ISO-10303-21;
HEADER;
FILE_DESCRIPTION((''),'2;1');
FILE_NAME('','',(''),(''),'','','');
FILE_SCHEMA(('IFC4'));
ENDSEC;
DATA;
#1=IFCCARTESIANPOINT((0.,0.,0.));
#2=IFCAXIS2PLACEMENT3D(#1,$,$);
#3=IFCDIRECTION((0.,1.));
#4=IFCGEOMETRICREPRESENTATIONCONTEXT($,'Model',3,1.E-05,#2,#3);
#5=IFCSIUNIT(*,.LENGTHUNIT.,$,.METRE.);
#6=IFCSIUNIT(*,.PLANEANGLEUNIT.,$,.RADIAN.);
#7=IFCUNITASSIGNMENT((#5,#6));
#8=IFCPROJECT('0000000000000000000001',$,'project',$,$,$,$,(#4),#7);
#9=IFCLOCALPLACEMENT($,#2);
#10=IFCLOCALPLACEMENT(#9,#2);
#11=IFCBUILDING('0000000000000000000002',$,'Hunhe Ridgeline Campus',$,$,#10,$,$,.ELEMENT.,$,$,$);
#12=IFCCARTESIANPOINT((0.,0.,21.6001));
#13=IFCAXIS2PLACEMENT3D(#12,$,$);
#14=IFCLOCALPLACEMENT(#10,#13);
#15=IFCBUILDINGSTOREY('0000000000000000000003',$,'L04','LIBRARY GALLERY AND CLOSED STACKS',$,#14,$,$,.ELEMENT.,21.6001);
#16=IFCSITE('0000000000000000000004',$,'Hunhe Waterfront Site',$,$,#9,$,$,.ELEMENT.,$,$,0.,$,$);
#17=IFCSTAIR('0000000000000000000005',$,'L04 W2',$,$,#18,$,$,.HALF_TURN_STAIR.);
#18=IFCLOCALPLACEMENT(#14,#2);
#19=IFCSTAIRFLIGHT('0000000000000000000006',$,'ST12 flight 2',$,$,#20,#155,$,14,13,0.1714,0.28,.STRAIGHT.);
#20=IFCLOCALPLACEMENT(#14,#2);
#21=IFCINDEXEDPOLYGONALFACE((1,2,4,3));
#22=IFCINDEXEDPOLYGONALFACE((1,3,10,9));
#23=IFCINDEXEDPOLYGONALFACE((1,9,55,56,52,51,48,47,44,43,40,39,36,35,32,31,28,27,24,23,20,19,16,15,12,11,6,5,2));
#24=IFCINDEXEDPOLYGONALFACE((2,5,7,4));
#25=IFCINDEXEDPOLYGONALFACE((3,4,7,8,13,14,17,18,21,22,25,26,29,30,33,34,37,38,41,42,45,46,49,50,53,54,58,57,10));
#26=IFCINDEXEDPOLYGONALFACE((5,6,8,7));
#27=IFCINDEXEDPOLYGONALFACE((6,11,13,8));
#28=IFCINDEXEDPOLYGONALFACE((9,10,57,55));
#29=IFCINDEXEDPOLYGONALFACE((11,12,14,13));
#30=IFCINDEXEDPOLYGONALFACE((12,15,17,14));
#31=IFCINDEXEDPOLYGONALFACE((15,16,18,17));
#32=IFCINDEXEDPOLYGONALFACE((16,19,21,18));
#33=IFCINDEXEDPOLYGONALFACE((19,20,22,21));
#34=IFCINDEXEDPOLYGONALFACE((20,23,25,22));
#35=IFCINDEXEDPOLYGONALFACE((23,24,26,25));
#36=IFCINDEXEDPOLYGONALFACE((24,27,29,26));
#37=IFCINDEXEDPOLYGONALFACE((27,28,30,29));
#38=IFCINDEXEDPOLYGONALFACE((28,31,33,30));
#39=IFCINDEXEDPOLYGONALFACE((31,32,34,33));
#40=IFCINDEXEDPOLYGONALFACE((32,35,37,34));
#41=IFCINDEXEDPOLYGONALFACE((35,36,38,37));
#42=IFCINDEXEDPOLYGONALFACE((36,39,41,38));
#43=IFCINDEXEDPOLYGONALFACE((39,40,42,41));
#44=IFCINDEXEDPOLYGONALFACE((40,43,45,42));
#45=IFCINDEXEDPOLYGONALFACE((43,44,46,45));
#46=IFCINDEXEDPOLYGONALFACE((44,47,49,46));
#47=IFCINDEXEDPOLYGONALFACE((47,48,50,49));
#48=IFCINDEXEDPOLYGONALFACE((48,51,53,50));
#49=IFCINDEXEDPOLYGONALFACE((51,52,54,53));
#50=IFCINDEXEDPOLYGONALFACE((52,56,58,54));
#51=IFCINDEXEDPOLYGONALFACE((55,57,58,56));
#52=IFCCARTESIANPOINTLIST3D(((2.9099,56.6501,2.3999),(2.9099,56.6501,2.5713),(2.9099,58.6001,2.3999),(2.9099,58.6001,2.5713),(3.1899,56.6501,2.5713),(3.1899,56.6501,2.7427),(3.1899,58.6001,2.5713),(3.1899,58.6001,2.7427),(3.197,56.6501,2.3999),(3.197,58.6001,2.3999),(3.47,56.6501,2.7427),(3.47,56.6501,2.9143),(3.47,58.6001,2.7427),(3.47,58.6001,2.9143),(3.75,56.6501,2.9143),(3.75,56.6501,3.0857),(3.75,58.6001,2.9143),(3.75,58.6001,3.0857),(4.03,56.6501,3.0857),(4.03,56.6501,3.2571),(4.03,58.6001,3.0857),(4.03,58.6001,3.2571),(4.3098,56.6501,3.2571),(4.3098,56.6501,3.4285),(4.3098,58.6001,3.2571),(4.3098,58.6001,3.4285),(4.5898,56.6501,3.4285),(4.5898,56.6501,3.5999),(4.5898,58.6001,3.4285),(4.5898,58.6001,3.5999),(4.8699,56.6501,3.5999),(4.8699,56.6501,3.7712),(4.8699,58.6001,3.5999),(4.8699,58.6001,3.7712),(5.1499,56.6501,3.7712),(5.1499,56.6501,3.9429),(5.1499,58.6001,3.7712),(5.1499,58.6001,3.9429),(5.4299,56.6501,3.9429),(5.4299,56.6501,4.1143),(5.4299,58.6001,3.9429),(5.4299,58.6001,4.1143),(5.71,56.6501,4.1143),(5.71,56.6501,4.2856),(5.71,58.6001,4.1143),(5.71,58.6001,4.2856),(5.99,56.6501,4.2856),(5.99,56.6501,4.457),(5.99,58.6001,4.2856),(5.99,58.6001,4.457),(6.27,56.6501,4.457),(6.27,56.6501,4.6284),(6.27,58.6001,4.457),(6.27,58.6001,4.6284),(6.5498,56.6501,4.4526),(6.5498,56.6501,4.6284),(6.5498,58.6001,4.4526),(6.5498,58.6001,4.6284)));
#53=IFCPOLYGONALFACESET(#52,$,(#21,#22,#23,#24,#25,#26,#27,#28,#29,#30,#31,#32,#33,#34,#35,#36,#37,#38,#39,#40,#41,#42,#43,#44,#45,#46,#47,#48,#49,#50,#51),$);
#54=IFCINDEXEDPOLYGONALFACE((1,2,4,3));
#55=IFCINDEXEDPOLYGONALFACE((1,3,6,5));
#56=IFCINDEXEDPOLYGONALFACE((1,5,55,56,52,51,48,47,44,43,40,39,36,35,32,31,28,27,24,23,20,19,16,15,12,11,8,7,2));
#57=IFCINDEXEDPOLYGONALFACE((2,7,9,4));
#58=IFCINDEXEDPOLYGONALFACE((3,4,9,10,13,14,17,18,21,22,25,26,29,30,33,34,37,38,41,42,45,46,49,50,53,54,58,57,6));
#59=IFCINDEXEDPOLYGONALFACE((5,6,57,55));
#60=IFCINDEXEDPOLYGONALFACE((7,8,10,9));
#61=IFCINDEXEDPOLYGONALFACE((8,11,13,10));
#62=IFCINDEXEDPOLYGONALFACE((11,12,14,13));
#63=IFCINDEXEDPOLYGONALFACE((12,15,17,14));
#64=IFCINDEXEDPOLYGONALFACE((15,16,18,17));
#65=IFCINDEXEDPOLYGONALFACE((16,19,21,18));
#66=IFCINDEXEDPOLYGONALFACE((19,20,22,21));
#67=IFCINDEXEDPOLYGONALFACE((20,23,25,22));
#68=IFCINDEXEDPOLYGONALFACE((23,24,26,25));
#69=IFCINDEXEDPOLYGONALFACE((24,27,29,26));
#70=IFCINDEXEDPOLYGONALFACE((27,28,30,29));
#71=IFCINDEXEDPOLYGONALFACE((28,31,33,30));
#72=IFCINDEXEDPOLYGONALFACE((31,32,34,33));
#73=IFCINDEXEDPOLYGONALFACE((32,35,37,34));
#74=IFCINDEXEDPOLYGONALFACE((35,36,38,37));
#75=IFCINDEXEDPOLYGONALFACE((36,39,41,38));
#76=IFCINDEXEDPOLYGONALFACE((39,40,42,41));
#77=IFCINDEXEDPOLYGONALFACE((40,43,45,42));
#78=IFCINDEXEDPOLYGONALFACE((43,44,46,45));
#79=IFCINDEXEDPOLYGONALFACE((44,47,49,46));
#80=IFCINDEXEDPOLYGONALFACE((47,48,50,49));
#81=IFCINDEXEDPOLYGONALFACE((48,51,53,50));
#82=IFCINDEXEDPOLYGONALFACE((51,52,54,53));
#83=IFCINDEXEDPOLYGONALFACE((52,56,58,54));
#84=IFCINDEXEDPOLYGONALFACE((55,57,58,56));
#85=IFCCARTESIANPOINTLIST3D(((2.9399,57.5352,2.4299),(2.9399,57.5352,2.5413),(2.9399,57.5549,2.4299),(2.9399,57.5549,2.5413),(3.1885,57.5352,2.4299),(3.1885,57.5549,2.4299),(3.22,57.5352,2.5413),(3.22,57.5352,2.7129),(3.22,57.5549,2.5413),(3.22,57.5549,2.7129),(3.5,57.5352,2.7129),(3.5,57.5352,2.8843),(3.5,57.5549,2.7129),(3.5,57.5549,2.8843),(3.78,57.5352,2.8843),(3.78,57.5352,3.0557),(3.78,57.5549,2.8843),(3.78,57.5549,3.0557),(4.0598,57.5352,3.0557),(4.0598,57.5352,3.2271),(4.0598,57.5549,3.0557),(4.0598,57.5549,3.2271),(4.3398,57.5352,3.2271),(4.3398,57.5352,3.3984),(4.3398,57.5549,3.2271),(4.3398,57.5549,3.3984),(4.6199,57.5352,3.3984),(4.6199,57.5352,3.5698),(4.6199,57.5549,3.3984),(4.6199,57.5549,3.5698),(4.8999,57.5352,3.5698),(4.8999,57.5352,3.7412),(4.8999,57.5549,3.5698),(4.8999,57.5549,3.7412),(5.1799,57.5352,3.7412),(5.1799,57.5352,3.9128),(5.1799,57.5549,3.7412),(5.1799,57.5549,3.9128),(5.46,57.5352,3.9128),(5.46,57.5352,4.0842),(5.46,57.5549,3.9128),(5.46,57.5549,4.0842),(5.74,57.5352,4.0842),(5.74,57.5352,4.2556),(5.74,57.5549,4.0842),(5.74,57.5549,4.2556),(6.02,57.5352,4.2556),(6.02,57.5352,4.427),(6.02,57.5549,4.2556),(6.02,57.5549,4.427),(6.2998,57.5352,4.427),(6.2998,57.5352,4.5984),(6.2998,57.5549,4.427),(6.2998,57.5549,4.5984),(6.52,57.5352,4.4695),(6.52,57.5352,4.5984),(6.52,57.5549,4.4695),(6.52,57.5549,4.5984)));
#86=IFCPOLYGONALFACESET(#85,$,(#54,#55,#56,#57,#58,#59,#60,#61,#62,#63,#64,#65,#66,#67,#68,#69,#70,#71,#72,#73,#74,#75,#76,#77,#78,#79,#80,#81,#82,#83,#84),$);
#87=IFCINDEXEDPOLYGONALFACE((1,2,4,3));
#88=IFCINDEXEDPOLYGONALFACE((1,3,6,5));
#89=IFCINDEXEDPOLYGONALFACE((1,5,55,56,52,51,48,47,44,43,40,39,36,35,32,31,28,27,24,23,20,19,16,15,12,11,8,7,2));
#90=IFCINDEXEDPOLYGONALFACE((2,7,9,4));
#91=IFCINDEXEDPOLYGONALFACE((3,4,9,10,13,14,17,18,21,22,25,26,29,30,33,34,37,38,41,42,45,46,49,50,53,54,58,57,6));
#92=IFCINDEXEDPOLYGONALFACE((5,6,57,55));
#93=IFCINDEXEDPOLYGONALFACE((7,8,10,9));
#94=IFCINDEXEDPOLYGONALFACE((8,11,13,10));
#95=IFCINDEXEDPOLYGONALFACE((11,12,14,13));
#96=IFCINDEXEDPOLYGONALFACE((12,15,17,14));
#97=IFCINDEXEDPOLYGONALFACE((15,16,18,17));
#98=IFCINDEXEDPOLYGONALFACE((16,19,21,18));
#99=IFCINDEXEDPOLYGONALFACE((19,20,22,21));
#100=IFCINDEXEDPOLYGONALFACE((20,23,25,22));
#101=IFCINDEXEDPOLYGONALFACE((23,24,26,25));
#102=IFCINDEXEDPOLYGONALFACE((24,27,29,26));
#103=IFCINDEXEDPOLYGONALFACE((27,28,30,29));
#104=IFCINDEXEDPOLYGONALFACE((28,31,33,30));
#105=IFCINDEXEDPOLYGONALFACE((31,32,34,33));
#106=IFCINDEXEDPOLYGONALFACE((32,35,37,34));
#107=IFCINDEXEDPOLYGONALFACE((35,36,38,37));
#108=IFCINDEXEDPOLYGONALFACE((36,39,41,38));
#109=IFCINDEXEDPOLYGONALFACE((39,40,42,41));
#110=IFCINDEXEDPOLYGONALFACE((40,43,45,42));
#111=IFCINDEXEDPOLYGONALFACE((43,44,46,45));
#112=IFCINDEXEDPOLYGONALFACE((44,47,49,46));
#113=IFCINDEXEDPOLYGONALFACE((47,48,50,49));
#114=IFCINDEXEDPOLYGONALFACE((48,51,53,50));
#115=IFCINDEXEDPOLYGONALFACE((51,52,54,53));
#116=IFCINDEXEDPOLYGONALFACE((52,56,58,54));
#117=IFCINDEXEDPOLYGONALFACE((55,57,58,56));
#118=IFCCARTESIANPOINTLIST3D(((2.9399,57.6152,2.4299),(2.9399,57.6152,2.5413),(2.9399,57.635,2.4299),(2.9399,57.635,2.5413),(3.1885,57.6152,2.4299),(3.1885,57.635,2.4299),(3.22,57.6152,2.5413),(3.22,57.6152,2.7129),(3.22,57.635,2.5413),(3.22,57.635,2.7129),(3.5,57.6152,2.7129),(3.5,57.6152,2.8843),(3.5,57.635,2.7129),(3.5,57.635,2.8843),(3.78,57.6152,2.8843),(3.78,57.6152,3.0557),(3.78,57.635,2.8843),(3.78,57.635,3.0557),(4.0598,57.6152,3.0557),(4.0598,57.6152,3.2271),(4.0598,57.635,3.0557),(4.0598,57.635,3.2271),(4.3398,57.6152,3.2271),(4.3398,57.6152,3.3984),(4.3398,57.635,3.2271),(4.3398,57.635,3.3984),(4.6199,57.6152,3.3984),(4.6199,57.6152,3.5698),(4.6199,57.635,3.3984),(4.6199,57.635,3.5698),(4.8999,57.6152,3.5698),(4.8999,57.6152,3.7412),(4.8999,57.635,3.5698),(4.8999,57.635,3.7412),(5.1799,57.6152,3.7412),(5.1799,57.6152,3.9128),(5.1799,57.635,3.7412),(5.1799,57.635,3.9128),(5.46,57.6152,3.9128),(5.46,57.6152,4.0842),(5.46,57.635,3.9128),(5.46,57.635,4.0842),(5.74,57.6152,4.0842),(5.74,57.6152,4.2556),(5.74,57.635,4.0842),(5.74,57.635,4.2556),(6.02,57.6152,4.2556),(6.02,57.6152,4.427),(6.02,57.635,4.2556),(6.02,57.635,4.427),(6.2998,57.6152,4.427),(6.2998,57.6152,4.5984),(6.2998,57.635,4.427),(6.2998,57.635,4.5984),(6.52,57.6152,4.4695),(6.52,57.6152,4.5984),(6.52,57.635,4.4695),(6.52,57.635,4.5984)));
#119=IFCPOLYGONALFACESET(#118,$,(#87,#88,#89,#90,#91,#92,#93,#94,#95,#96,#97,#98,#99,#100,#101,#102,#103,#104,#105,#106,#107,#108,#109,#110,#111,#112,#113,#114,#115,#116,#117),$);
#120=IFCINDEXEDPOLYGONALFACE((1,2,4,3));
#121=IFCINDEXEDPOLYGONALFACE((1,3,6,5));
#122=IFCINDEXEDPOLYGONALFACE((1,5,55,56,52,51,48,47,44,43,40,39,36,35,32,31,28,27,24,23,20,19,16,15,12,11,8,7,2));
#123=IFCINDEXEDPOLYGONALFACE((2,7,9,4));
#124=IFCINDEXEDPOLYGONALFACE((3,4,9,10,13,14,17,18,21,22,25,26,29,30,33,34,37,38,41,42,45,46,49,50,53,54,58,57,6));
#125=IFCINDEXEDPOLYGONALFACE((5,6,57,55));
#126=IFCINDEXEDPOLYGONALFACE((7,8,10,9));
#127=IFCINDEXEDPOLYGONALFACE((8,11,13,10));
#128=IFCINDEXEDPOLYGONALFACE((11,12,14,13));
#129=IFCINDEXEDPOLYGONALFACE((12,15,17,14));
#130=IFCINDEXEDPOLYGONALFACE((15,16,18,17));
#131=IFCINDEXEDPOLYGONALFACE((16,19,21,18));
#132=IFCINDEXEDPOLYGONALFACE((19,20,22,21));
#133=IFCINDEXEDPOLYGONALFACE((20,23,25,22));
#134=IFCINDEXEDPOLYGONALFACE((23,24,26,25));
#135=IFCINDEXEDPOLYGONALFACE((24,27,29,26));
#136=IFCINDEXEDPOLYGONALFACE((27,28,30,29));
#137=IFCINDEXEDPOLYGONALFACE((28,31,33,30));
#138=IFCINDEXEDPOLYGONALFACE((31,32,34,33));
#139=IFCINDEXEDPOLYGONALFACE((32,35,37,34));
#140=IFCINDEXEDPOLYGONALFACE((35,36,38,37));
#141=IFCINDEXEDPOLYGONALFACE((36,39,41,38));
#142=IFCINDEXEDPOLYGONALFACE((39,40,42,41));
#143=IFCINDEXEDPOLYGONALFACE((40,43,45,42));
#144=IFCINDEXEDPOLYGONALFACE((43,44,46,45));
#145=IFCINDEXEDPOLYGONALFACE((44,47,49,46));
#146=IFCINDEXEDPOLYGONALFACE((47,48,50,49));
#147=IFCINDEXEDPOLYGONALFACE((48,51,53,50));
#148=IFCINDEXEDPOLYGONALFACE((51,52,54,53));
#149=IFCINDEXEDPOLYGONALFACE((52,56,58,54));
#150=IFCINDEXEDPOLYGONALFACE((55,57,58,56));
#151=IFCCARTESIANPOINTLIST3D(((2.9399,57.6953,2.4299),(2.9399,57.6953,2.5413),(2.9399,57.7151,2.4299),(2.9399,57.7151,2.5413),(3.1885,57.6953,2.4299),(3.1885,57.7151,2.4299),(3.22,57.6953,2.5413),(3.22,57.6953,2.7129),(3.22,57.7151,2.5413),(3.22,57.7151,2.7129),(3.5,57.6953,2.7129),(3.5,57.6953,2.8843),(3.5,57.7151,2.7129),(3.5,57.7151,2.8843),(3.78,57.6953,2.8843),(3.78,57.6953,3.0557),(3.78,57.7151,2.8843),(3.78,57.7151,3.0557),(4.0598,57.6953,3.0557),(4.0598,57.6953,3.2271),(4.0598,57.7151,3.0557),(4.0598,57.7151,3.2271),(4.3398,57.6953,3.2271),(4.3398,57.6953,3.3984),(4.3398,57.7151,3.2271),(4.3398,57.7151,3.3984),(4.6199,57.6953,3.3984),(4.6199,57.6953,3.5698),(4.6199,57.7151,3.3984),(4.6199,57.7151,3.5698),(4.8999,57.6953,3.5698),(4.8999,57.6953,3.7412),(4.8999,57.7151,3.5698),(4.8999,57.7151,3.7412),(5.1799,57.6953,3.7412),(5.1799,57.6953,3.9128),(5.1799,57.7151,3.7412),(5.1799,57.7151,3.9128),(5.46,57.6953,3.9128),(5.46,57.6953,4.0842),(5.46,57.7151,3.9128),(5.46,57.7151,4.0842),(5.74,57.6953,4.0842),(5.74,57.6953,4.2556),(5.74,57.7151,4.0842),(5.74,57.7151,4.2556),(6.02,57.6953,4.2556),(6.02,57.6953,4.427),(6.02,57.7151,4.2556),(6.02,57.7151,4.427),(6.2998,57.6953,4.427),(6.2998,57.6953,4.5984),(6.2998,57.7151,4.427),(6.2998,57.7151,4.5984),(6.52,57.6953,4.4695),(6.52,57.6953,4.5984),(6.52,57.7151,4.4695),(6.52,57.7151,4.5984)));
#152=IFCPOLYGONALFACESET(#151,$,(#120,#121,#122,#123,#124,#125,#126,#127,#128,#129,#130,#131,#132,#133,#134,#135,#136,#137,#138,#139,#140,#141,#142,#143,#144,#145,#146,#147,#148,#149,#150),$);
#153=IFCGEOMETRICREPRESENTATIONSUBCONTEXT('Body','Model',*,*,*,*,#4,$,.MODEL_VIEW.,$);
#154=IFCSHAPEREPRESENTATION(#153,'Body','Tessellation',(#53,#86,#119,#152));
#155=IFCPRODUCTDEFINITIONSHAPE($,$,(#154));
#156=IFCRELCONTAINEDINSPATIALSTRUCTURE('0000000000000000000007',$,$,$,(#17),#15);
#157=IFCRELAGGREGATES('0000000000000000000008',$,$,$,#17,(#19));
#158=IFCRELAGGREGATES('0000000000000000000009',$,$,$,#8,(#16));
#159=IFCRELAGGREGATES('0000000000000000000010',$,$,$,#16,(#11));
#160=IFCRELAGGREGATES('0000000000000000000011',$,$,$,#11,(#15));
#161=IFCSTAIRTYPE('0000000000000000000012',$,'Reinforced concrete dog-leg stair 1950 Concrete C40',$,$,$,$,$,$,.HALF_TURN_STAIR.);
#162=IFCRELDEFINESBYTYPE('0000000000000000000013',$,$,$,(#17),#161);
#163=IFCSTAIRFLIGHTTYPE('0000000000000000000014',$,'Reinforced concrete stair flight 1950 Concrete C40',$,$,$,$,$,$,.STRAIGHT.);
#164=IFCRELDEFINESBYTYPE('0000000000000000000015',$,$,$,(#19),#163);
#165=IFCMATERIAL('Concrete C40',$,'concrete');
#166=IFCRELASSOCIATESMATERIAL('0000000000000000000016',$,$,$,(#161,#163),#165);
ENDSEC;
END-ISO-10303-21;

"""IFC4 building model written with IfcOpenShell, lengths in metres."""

from ifc_helpers import new_model, si_unit, direction, frame, origin, place, context, subcontext, project, spatial, polyline, outline, extrude, material, type_object, element, aggregate, save


model = new_model("IFC4")

# Units and contexts
model_context = context("Model", 3, precision=1e-05, world=origin(), true_north=direction((0.0, 1.0)))
body_context = subcontext(model_context, "Body", "Model", "MODEL_VIEW")
ifc_project = project(units=[si_unit("LENGTHUNIT", "METRE"), si_unit("PLANEANGLEUNIT", "RADIAN")], contexts=[model_context])

# Site, building, storey
site_placement = place(None, origin())
site = spatial("IfcSite", under=ifc_project, at=site_placement, Name="Hunhe Waterfront Site", CompositionType="ELEMENT", RefElevation=0.0)
building_placement = place(site_placement, origin())
building = spatial("IfcBuilding", under=site, at=building_placement, Name="Hunhe Ridgeline Campus", CompositionType="ELEMENT")
storey_placement = place(building_placement, frame((0.0, 0.0, 21.6001)))
storey = spatial("IfcBuildingStorey", under=building, at=storey_placement, Name="L04", Description="LIBRARY GALLERY AND CLOSED STACKS", CompositionType="ELEMENT", Elevation=21.6001)

# Shared definitions
ifc_material_1 = material(Name="Concrete C40", Category="concrete")
stair_type = type_object("IfcStairType", Name="Reinforced concrete dog-leg stair 1950 Concrete C40", PredefinedType="HALF_TURN_STAIR", material=ifc_material_1)
stair_flight_type = type_object("IfcStairFlightType", Name="Reinforced concrete stair flight 1950 Concrete C40", PredefinedType="STRAIGHT", material=ifc_material_1)

# Stair, stair flight
stair_1_placement = place(storey_placement, origin())
stair_1 = element("IfcStair", 1, at=stair_1_placement, inside=storey, type_object=stair_type, Name="L04 W2", PredefinedType="HALF_TURN_STAIR")
stair_flight_1_placement = place(storey_placement, frame((2.9099, 57.625, 2.3999), z_axis=(0.0, 0.0, 1.0), x_axis=(1.0, 0.0, 0.0)))
stair_flight_1 = element("IfcStairFlight", 2, at=stair_flight_1_placement, type_object=stair_flight_type, Name="ST12 flight 2", NumberOfRisers=14, NumberOfTreads=13, PredefinedType="STRAIGHT", RiserHeight=0.1714, TreadLength=0.28, context=body_context, shape_type="SweptSolid", body=[
    extrude(outline(polyline([(0.0, 0.0), (0.0, 0.1714), (0.28, 0.1714), (0.28, 0.3428), (0.5601, 0.3428), (0.5601, 0.5144), (0.8401, 0.5144), (0.8401, 0.6858), (1.1201, 0.6858), (1.1201, 0.8572), (1.3999, 0.8572), (1.3999, 1.0286), (1.6799, 1.0286), (1.6799, 1.2), (1.96, 1.2), (1.96, 1.3713), (2.24, 1.3713), (2.24, 1.543), (2.52, 1.543), (2.52, 1.7144), (2.8, 1.7144), (2.8, 1.8857), (3.0801, 1.8857), (3.0801, 2.0571), (3.3601, 2.0571), (3.3601, 2.2285), (3.6399, 2.2285), (3.6399, 2.3999), (3.6399, 2.0527), (0.2871, 0.0), (0.0, 0.0)])), frame((0.0, 0.9751, 0.0), z_axis=(0.0, -1.0, 0.0), x_axis=(1.0, 0.0, 0.0)), (0.0, 0.0, 1.0), 1.95),
    extrude(outline(polyline([(0.03, 0.03), (0.03, 0.1414), (0.3101, 0.1414), (0.3101, 0.313), (0.5901, 0.313), (0.5901, 0.4844), (0.8701, 0.4844), (0.8701, 0.6558), (1.1499, 0.6558), (1.1499, 0.8271), (1.4299, 0.8271), (1.4299, 0.9985), (1.71, 0.9985), (1.71, 1.1699), (1.99, 1.1699), (1.99, 1.3413), (2.27, 1.3413), (2.27, 1.5129), (2.55, 1.5129), (2.55, 1.6843), (2.8301, 1.6843), (2.8301, 1.8557), (3.1101, 1.8557), (3.1101, 2.0271), (3.3899, 2.0271), (3.3899, 2.1985), (3.6101, 2.1985), (3.6101, 2.0696), (0.2786, 0.03), (0.03, 0.03)])), frame((0.0, -0.0701, 0.0), z_axis=(0.0, -1.0, 0.0), x_axis=(1.0, 0.0, 0.0)), (0.0, 0.0, 1.0), 0.0198),
    extrude(outline(polyline([(0.03, 0.03), (0.03, 0.1414), (0.3101, 0.1414), (0.3101, 0.313), (0.5901, 0.313), (0.5901, 0.4844), (0.8701, 0.4844), (0.8701, 0.6558), (1.1499, 0.6558), (1.1499, 0.8271), (1.4299, 0.8271), (1.4299, 0.9985), (1.71, 0.9985), (1.71, 1.1699), (1.99, 1.1699), (1.99, 1.3413), (2.27, 1.3413), (2.27, 1.5129), (2.55, 1.5129), (2.55, 1.6843), (2.8301, 1.6843), (2.8301, 1.8557), (3.1101, 1.8557), (3.1101, 2.0271), (3.3899, 2.0271), (3.3899, 2.1985), (3.6101, 2.1985), (3.6101, 2.0696), (0.2786, 0.03), (0.03, 0.03)])), frame((0.0, 0.01, 0.0), z_axis=(0.0, -1.0, 0.0), x_axis=(1.0, 0.0, 0.0)), (0.0, 0.0, 1.0), 0.0198),
    extrude(outline(polyline([(0.03, 0.03), (0.03, 0.1414), (0.3101, 0.1414), (0.3101, 0.313), (0.5901, 0.313), (0.5901, 0.4844), (0.8701, 0.4844), (0.8701, 0.6558), (1.1499, 0.6558), (1.1499, 0.8271), (1.4299, 0.8271), (1.4299, 0.9985), (1.71, 0.9985), (1.71, 1.1699), (1.99, 1.1699), (1.99, 1.3413), (2.27, 1.3413), (2.27, 1.5129), (2.55, 1.5129), (2.55, 1.6843), (2.8301, 1.6843), (2.8301, 1.8557), (3.1101, 1.8557), (3.1101, 2.0271), (3.3899, 2.0271), (3.3899, 2.1985), (3.6101, 2.1985), (3.6101, 2.0696), (0.2786, 0.03), (0.03, 0.03)])), frame((0.0, 0.0901, 0.0), z_axis=(0.0, -1.0, 0.0), x_axis=(1.0, 0.0, 0.0)), (0.0, 0.0, 1.0), 0.0198),
])
aggregate(stair_1, [stair_flight_1])

save(model, "model.ifc")
